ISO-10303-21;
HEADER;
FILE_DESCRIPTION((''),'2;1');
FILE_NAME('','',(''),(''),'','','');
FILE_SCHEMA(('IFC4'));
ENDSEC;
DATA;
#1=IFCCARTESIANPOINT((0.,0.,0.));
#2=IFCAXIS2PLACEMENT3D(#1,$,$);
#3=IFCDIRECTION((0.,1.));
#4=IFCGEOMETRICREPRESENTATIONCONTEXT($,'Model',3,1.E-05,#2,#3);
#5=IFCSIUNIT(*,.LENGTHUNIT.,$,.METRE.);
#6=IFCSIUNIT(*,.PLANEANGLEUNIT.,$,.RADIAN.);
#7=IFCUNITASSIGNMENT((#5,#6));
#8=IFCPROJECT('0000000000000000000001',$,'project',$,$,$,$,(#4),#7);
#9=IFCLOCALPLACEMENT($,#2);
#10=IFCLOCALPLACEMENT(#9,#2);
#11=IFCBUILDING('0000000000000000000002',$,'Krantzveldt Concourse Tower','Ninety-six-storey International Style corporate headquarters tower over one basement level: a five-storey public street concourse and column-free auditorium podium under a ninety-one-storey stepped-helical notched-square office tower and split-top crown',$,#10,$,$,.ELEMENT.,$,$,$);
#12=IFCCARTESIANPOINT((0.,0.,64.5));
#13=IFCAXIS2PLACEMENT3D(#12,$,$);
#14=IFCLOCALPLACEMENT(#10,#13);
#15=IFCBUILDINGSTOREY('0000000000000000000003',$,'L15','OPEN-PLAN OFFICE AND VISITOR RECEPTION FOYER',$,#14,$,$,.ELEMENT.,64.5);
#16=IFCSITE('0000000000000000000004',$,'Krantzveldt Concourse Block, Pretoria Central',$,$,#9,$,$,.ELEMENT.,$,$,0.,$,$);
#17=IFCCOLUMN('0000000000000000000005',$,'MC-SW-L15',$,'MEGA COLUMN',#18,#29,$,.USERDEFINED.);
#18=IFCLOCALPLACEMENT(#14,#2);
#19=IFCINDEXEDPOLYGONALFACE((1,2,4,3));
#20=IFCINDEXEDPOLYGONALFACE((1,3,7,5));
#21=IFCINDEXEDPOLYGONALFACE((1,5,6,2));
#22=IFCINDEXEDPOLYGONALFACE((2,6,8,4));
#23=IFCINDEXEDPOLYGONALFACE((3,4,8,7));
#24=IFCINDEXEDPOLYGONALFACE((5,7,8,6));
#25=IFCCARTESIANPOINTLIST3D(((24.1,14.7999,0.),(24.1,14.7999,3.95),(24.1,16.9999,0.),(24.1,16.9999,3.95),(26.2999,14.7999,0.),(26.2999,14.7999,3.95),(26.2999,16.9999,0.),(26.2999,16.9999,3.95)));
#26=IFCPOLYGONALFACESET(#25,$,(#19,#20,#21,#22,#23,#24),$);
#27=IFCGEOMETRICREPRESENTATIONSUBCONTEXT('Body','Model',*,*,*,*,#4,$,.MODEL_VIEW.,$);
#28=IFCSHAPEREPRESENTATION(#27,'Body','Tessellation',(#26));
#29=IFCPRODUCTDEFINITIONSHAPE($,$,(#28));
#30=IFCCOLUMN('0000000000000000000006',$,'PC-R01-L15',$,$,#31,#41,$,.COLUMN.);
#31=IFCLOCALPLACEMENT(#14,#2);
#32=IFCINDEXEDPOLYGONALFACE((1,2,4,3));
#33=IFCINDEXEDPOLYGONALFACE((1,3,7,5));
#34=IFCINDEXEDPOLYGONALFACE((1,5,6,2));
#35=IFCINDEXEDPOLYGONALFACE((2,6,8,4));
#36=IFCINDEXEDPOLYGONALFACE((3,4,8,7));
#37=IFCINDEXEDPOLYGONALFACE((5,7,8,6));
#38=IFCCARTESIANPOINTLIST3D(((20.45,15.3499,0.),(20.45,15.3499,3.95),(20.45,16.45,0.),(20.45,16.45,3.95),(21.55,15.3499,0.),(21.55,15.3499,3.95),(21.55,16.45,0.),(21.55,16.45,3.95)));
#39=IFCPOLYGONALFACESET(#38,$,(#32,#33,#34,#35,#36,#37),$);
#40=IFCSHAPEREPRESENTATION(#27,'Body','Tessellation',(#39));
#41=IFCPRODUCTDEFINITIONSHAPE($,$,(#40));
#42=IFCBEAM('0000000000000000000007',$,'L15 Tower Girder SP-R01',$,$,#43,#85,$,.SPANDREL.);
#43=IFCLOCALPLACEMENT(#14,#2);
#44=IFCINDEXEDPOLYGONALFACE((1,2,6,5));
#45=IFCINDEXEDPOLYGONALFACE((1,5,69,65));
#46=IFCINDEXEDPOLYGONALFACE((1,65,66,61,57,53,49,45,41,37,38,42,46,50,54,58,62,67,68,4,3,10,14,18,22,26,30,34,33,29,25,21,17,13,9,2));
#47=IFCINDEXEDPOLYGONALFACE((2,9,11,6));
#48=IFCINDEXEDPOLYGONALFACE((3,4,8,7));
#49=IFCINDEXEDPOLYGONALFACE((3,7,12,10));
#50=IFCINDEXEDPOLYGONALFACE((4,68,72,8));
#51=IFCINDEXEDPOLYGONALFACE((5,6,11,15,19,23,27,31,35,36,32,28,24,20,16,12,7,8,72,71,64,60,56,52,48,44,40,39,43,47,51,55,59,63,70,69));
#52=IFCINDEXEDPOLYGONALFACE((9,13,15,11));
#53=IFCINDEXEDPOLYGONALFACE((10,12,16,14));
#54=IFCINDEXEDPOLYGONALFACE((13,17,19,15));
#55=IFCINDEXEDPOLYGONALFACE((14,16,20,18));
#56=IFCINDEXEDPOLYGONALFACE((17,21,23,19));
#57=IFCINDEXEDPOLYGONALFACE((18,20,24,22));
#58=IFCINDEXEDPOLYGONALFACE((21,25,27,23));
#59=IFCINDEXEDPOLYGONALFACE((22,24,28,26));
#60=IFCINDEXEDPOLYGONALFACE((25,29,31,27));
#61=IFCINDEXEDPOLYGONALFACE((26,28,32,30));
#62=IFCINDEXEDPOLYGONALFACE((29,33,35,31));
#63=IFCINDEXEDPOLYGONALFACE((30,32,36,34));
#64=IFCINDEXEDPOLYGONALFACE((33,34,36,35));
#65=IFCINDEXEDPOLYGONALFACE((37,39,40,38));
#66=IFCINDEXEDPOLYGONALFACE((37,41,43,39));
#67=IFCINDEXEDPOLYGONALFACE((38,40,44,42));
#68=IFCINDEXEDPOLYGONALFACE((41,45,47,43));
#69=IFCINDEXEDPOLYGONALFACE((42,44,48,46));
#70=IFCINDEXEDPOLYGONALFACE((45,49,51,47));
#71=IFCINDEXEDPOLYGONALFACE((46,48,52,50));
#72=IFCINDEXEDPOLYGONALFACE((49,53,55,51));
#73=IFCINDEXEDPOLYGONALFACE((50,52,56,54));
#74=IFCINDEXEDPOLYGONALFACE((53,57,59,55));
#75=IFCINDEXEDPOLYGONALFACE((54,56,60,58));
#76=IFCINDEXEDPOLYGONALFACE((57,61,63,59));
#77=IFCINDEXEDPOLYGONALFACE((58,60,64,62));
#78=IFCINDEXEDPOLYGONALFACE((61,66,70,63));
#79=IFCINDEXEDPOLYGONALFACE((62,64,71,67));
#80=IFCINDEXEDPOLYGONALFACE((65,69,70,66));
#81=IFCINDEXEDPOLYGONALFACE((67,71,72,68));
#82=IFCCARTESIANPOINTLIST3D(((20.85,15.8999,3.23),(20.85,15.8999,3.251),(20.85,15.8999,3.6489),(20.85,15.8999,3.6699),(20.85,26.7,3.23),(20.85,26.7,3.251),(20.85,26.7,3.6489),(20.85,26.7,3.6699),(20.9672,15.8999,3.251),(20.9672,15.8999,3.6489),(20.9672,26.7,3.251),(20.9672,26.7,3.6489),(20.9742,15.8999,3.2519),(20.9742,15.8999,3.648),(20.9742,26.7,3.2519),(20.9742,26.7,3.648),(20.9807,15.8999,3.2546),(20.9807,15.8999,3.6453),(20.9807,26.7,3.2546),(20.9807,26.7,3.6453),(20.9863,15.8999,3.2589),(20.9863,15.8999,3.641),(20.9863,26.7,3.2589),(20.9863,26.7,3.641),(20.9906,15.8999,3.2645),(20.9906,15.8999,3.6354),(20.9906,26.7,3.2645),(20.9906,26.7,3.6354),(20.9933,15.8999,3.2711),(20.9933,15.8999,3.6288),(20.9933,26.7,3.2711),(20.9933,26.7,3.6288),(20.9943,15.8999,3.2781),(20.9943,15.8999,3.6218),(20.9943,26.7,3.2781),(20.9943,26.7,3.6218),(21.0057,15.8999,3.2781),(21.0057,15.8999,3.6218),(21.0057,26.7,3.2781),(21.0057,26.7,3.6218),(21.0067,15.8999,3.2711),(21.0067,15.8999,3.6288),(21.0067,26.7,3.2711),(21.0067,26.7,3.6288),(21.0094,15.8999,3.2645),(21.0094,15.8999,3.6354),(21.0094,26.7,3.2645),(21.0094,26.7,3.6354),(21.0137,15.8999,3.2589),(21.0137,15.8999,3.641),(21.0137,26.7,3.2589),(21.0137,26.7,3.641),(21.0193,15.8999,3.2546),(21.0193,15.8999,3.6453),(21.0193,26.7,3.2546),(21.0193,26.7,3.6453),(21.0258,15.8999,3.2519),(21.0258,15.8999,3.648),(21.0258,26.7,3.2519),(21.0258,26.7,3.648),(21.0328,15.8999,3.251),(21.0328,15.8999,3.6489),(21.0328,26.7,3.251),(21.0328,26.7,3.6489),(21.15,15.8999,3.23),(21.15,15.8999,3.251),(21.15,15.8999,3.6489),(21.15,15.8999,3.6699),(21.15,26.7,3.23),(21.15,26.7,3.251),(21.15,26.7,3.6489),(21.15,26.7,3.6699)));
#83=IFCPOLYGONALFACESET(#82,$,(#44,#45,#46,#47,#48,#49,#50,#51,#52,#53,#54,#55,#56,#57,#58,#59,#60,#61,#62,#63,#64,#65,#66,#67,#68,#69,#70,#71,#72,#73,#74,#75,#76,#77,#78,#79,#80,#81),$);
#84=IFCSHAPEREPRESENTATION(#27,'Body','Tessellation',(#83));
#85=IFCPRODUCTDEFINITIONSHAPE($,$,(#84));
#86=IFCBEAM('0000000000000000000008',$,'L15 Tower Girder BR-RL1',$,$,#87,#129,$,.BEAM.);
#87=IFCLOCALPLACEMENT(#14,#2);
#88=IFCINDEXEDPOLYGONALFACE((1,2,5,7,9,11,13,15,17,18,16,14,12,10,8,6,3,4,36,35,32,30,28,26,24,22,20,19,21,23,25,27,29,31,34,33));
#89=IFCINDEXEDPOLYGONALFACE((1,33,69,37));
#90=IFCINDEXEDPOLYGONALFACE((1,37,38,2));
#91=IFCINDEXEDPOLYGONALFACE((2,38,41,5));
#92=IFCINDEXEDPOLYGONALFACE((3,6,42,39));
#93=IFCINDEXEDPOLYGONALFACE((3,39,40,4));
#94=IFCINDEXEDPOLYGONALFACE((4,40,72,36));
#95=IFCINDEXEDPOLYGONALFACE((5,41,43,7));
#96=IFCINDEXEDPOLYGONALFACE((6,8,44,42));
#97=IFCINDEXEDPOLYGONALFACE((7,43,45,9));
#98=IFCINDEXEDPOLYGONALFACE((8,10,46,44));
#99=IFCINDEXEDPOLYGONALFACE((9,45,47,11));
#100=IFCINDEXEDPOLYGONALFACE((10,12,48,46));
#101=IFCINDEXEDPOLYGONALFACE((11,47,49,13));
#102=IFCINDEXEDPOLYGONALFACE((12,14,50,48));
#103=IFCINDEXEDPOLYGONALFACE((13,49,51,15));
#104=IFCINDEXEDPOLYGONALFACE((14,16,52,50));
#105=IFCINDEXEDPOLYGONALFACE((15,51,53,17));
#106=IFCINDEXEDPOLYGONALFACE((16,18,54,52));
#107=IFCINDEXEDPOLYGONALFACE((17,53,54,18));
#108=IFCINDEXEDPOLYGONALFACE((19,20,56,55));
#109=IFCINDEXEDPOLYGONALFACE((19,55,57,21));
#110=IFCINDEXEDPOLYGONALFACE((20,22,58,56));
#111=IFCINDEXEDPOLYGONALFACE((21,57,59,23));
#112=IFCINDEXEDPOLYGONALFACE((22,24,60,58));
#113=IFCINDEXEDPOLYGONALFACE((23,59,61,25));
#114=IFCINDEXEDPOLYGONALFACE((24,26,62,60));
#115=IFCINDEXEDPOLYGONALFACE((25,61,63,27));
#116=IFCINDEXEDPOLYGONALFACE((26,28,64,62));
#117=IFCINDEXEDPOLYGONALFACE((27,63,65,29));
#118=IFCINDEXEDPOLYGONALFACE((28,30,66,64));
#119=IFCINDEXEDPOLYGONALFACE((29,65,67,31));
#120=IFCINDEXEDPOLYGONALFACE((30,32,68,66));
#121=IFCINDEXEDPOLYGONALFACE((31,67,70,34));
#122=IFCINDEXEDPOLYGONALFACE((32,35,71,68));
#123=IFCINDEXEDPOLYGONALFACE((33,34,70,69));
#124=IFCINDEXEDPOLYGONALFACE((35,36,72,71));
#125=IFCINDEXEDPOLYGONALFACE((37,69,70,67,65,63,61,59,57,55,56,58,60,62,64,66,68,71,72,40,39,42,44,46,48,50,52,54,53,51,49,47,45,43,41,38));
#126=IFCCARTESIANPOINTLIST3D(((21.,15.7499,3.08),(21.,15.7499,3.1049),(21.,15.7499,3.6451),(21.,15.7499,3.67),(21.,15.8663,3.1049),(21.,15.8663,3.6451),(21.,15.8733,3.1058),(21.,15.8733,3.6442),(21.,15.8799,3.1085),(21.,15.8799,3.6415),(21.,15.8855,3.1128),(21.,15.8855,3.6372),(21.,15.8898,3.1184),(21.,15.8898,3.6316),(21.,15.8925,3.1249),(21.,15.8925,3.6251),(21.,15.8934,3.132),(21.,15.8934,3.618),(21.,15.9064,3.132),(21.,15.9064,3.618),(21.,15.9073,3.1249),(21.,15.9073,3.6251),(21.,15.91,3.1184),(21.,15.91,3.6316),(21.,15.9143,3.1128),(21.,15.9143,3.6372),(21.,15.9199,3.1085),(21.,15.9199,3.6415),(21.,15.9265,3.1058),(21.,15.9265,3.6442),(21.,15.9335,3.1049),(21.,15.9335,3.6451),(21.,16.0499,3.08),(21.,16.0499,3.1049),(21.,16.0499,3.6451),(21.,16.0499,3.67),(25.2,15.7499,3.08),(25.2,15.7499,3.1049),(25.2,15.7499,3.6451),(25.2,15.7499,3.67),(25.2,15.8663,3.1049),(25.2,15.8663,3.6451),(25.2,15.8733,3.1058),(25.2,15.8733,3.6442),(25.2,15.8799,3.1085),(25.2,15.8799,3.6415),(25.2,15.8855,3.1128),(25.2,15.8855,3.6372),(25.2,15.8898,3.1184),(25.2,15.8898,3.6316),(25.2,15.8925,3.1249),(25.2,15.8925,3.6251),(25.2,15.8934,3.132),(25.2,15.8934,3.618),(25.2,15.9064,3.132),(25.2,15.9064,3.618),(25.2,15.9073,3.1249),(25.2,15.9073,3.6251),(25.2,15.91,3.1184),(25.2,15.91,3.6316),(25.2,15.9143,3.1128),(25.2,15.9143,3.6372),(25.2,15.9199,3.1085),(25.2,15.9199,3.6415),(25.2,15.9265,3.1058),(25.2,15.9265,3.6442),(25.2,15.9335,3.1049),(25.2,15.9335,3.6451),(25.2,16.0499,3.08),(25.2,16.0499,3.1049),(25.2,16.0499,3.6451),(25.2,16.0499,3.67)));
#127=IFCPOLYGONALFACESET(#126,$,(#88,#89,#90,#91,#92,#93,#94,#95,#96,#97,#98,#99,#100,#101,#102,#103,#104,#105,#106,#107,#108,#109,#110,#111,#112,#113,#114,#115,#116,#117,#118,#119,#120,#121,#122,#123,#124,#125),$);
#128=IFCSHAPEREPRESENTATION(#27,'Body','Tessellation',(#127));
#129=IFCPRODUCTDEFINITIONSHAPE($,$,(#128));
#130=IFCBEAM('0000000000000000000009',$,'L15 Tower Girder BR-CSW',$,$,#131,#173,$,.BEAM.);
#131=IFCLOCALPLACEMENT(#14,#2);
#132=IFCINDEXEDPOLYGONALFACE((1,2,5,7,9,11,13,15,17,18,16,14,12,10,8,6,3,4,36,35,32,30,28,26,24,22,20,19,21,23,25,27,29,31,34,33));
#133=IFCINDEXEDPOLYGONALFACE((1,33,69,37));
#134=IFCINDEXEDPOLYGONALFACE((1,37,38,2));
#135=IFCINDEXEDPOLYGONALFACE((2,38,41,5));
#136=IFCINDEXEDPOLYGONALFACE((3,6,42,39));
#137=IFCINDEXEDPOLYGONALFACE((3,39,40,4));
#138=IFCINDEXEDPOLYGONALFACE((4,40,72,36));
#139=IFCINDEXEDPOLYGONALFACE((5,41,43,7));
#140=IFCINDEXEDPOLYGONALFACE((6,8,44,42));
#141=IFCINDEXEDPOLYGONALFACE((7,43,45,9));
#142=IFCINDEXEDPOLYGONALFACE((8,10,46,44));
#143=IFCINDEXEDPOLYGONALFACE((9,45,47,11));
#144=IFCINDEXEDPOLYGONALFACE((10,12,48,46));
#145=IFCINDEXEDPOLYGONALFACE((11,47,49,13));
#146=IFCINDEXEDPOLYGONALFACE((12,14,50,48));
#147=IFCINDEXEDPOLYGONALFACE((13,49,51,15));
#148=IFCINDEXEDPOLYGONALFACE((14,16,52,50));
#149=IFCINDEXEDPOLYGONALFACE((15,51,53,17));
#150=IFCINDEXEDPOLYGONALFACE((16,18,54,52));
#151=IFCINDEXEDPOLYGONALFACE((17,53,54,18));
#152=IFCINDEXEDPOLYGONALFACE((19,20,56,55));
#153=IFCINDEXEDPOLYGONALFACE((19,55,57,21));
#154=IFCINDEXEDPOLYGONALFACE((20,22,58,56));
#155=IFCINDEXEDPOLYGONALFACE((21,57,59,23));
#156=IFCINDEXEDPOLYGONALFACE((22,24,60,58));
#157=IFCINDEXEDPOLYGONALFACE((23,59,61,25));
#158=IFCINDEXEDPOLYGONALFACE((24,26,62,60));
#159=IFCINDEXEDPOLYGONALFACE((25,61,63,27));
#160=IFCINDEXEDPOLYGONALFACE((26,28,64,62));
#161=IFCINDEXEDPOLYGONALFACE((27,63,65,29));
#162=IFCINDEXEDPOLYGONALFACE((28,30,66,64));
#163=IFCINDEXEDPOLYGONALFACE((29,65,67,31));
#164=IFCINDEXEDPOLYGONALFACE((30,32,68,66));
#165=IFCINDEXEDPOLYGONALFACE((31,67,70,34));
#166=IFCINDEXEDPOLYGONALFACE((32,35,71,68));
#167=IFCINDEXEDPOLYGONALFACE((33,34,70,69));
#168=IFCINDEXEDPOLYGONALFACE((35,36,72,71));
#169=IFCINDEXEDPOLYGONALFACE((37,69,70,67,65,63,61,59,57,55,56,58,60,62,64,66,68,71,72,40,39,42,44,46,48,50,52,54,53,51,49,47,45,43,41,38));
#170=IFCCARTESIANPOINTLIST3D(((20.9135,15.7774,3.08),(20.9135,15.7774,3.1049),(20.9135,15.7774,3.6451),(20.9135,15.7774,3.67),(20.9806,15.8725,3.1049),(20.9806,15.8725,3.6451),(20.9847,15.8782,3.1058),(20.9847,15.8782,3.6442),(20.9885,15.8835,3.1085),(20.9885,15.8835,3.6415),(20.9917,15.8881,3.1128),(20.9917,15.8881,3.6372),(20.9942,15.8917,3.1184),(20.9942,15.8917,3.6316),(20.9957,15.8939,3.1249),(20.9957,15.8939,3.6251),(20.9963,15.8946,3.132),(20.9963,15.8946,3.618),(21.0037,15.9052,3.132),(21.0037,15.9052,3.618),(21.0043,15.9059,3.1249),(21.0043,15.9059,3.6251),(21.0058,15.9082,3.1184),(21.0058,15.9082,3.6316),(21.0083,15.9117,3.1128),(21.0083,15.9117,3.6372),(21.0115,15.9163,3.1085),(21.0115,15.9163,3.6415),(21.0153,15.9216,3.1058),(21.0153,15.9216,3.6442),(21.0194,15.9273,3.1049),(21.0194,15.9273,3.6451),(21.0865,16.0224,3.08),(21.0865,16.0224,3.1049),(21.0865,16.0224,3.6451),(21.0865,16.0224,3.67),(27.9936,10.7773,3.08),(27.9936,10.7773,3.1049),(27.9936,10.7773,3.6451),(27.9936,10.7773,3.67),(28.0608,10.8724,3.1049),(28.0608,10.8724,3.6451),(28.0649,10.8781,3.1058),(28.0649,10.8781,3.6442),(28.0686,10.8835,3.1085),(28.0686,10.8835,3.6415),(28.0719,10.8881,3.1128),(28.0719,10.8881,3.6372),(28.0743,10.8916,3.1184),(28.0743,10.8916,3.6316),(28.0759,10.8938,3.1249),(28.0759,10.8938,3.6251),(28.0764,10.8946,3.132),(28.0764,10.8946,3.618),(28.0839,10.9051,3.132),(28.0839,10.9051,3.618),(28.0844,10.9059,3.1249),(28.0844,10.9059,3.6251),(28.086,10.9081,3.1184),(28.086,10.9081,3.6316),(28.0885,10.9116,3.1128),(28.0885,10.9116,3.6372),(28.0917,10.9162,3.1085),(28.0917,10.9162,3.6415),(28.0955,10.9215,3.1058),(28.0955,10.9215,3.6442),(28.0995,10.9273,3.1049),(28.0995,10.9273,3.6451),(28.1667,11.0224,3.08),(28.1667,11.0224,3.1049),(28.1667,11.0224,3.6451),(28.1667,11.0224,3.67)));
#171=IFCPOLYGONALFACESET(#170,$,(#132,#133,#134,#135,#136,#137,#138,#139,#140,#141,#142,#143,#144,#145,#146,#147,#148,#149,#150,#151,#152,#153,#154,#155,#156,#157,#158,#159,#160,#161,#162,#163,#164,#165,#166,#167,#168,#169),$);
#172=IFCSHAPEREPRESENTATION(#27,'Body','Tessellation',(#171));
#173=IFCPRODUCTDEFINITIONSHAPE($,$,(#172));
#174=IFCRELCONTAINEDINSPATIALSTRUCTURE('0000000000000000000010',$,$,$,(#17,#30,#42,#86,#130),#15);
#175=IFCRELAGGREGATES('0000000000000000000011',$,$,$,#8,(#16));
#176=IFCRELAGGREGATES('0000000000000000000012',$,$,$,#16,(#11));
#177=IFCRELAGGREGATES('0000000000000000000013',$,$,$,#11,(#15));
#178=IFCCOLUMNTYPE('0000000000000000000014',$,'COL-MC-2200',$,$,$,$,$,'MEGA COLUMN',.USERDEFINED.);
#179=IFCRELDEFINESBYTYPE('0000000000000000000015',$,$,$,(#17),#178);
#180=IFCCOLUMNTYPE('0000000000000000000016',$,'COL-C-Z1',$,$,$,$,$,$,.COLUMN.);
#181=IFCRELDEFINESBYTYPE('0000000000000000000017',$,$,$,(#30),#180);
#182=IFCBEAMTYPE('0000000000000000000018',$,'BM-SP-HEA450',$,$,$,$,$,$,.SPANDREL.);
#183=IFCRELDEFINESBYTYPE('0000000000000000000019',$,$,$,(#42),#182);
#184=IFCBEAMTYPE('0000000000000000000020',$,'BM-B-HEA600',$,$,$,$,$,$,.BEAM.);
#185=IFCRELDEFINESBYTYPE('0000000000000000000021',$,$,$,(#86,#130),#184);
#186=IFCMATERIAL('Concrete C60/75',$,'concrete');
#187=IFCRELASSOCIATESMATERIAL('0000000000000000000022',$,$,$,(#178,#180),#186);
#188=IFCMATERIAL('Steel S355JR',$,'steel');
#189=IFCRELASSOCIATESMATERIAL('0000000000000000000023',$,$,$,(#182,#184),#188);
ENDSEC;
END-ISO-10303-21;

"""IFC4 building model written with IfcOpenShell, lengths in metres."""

from ifc_helpers import new_model, si_unit, direction, frame, origin, origin_2d, place, context, subcontext, project, spatial, rectangle, i_section, extrude, source, transform, mapped, material, material_profile, profile_set, type_object, type_shapes, element, save


model = new_model("IFC4")

# Units and contexts
model_context = context("Model", 3, precision=1e-05, world=origin(), true_north=direction((0.0, 1.0)))
body_context = subcontext(model_context, "Body", "Model", "MODEL_VIEW")
ifc_project = project(units=[si_unit("LENGTHUNIT", "METRE"), si_unit("PLANEANGLEUNIT", "RADIAN")], contexts=[model_context])

# Site, building, storey
site_placement = place(None, origin())
site = spatial("IfcSite", under=ifc_project, at=site_placement, Name="Krantzveldt Concourse Block, Pretoria Central", CompositionType="ELEMENT", RefElevation=0.0)
building_placement = place(site_placement, origin())
building = spatial("IfcBuilding", under=site, at=building_placement, Name="Krantzveldt Concourse Tower", Description="Ninety-six-storey International Style corporate headquarters tower over one basement level: a five-storey public street concourse and column-free auditorium podium under a ninety-one-storey stepped-helical notched-square office tower and split-top crown", CompositionType="ELEMENT")
storey_placement = place(building_placement, frame((0.0, 0.0, 64.5)))
storey = spatial("IfcBuildingStorey", under=building, at=storey_placement, Name="L15", Description="OPEN-PLAN OFFICE AND VISITOR RECEPTION FOYER", CompositionType="ELEMENT", Elevation=64.5)

# Columns
ifc_material_1 = material(Name="Concrete C60/75", Category="concrete")
ifc_material_profile_1 = material_profile(ifc_material_1, rectangle(XDim=2.2, YDim=2.2, at=origin_2d()), Name="Concrete C60/75", Category="concrete")
ifc_profile_set_1 = profile_set([ifc_material_profile_1], Name="Concrete C60/75 - RC 2200x2200")
column_type_1 = type_object("IfcColumnType", Name="COL-MC-2200", ElementType="MEGA COLUMN", PredefinedType="USERDEFINED", material=ifc_profile_set_1)
shared_shape_1 = source(origin(), body_context, "Body", "SweptSolid", [
    extrude(rectangle(XDim=2.2, YDim=2.2, at=origin_2d()), origin(), (0.0, 0.0, 1.0), 3.95),
])
type_shapes(column_type_1, [shared_shape_1])
column_1_placement = place(storey_placement, frame((25.2, 15.8999, 0.0), z_axis=(0.0, 0.0, 1.0), x_axis=(1.0, 0.0, 0.0)))
element("IfcColumn", 1, at=column_1_placement, inside=storey, type_object=column_type_1, Name="MC-SW-L15", ObjectType="MEGA COLUMN", PredefinedType="USERDEFINED", context=body_context, shape_type="MappedRepresentation", body=[
    mapped(shared_shape_1, transform((0.0, 0.0, 0.0), x_axis=(1.0, 0.0, 0.0), y_axis=(0.0, 1.0, 0.0), z_axis=(0.0, 0.0, 1.0), scale=1.0)),
])
ifc_material_profile_2 = material_profile(ifc_material_1, rectangle(XDim=1.1001, YDim=1.1001, at=origin_2d()), Name="Concrete C60/75", Category="concrete")
ifc_profile_set_2 = profile_set([ifc_material_profile_2], Name="Concrete C60/75 - RC 1100x1100")
column_type_2 = type_object("IfcColumnType", Name="COL-C-Z1", PredefinedType="COLUMN", material=ifc_profile_set_2)
shared_shape_2 = source(origin(), body_context, "Body", "SweptSolid", [
    extrude(rectangle(XDim=1.1001, YDim=1.1001, at=origin_2d()), origin(), (0.0, 0.0, 1.0), 3.95),
])
type_shapes(column_type_2, [shared_shape_2])
column_2_placement = place(storey_placement, frame((21.0, 15.8999, 0.0), z_axis=(0.0, 0.0, 1.0), x_axis=(1.0, 0.0, 0.0)))
element("IfcColumn", 2, at=column_2_placement, inside=storey, type_object=column_type_2, Name="PC-R01-L15", PredefinedType="COLUMN", context=body_context, shape_type="MappedRepresentation", body=[
    mapped(shared_shape_2, transform((0.0, 0.0, 0.0), x_axis=(1.0, 0.0, 0.0), y_axis=(0.0, 1.0, 0.0), z_axis=(0.0, 0.0, 1.0), scale=1.0)),
])

# Beams
ifc_material_2 = material(Name="Steel S355JR", Category="steel")
ifc_material_profile_3 = material_profile(ifc_material_2, i_section(OverallWidth=0.3, OverallDepth=0.4399, WebThickness=0.0115, FlangeThickness=0.021, FilletRadius=0.0271, at=origin_2d()), Name="Steel S355JR", Category="steel")
ifc_profile_set_3 = profile_set([ifc_material_profile_3], Name="Steel S355JR - HEA 450")
beam_type_1 = type_object("IfcBeamType", Name="BM-SP-HEA450", PredefinedType="SPANDREL", material=ifc_profile_set_3)
shared_shape_3 = source(origin(), body_context, "Body", "SweptSolid", [
    extrude(i_section(OverallWidth=0.3, OverallDepth=0.4399, WebThickness=0.0115, FlangeThickness=0.021, FilletRadius=0.0271, at=origin_2d()), origin(), (0.0, 0.0, 1.0), 10.8),
])
type_shapes(beam_type_1, [shared_shape_3])
beam_1_placement = place(storey_placement, frame((21.0, 15.8999, 3.45), z_axis=(0.0, 1.0, 0.0), x_axis=(-1.0, 0.0, 0.0)))
element("IfcBeam", 3, at=beam_1_placement, inside=storey, type_object=beam_type_1, Name="L15 Tower Girder SP-R01", PredefinedType="SPANDREL", context=body_context, shape_type="MappedRepresentation", body=[
    mapped(shared_shape_3, transform((0.0, 0.0, 0.0), x_axis=(1.0, 0.0, 0.0), y_axis=(0.0, 1.0, 0.0), z_axis=(0.0, 0.0, 1.0), scale=1.0)),
])
ifc_material_profile_4 = material_profile(ifc_material_2, i_section(OverallWidth=0.3, OverallDepth=0.5901, WebThickness=0.0129, FlangeThickness=0.0249, FilletRadius=0.0271, at=origin_2d()), Name="Steel S355JR", Category="steel")
ifc_profile_set_4 = profile_set([ifc_material_profile_4], Name="Steel S355JR - HEA 600")
beam_type_2 = type_object("IfcBeamType", Name="BM-B-HEA600", PredefinedType="BEAM", material=ifc_profile_set_4)
shared_shape_4 = source(origin(), body_context, "Body", "SweptSolid", [
    extrude(i_section(OverallWidth=0.3, OverallDepth=0.5901, WebThickness=0.0129, FlangeThickness=0.0249, FilletRadius=0.0271, at=origin_2d()), origin(), (0.0, 0.0, 1.0), 4.2),
])
beam_2_placement = place(storey_placement, frame((21.0, 15.8999, 3.375), z_axis=(1.0, 0.0, 0.0), x_axis=(0.0, 1.0, 0.0)))
element("IfcBeam", 4, at=beam_2_placement, inside=storey, type_object=beam_type_2, Name="L15 Tower Girder BR-RL1", PredefinedType="BEAM", context=body_context, shape_type="MappedRepresentation", body=[
    mapped(shared_shape_4, transform((0.0, 0.0, 0.0), x_axis=(1.0, 0.0, 0.0), y_axis=(0.0, 1.0, 0.0), z_axis=(0.0, 0.0, 1.0), scale=1.0)),
])
shared_shape_5 = source(origin(), body_context, "Body", "SweptSolid", [
    extrude(i_section(OverallWidth=0.3, OverallDepth=0.5901, WebThickness=0.0129, FlangeThickness=0.0249, FilletRadius=0.0271, at=origin_2d()), origin(), (0.0, 0.0, 1.0), 8.6677),
])
type_shapes(beam_type_2, [shared_shape_4, shared_shape_5])
beam_3_placement = place(storey_placement, frame((21.0, 15.8999, 3.375), z_axis=(0.816843, -0.57686, 0.0), x_axis=(0.57686, 0.816843, 0.0)))
element("IfcBeam", 5, at=beam_3_placement, inside=storey, type_object=beam_type_2, Name="L15 Tower Girder BR-CSW", PredefinedType="BEAM", context=body_context, shape_type="MappedRepresentation", body=[
    mapped(shared_shape_5, transform((0.0, 0.0, 0.0), x_axis=(1.0, 0.0, 0.0), y_axis=(0.0, 1.0, 0.0), z_axis=(0.0, 0.0, 1.0), scale=1.0)),
])

save(model, "model.ifc")
